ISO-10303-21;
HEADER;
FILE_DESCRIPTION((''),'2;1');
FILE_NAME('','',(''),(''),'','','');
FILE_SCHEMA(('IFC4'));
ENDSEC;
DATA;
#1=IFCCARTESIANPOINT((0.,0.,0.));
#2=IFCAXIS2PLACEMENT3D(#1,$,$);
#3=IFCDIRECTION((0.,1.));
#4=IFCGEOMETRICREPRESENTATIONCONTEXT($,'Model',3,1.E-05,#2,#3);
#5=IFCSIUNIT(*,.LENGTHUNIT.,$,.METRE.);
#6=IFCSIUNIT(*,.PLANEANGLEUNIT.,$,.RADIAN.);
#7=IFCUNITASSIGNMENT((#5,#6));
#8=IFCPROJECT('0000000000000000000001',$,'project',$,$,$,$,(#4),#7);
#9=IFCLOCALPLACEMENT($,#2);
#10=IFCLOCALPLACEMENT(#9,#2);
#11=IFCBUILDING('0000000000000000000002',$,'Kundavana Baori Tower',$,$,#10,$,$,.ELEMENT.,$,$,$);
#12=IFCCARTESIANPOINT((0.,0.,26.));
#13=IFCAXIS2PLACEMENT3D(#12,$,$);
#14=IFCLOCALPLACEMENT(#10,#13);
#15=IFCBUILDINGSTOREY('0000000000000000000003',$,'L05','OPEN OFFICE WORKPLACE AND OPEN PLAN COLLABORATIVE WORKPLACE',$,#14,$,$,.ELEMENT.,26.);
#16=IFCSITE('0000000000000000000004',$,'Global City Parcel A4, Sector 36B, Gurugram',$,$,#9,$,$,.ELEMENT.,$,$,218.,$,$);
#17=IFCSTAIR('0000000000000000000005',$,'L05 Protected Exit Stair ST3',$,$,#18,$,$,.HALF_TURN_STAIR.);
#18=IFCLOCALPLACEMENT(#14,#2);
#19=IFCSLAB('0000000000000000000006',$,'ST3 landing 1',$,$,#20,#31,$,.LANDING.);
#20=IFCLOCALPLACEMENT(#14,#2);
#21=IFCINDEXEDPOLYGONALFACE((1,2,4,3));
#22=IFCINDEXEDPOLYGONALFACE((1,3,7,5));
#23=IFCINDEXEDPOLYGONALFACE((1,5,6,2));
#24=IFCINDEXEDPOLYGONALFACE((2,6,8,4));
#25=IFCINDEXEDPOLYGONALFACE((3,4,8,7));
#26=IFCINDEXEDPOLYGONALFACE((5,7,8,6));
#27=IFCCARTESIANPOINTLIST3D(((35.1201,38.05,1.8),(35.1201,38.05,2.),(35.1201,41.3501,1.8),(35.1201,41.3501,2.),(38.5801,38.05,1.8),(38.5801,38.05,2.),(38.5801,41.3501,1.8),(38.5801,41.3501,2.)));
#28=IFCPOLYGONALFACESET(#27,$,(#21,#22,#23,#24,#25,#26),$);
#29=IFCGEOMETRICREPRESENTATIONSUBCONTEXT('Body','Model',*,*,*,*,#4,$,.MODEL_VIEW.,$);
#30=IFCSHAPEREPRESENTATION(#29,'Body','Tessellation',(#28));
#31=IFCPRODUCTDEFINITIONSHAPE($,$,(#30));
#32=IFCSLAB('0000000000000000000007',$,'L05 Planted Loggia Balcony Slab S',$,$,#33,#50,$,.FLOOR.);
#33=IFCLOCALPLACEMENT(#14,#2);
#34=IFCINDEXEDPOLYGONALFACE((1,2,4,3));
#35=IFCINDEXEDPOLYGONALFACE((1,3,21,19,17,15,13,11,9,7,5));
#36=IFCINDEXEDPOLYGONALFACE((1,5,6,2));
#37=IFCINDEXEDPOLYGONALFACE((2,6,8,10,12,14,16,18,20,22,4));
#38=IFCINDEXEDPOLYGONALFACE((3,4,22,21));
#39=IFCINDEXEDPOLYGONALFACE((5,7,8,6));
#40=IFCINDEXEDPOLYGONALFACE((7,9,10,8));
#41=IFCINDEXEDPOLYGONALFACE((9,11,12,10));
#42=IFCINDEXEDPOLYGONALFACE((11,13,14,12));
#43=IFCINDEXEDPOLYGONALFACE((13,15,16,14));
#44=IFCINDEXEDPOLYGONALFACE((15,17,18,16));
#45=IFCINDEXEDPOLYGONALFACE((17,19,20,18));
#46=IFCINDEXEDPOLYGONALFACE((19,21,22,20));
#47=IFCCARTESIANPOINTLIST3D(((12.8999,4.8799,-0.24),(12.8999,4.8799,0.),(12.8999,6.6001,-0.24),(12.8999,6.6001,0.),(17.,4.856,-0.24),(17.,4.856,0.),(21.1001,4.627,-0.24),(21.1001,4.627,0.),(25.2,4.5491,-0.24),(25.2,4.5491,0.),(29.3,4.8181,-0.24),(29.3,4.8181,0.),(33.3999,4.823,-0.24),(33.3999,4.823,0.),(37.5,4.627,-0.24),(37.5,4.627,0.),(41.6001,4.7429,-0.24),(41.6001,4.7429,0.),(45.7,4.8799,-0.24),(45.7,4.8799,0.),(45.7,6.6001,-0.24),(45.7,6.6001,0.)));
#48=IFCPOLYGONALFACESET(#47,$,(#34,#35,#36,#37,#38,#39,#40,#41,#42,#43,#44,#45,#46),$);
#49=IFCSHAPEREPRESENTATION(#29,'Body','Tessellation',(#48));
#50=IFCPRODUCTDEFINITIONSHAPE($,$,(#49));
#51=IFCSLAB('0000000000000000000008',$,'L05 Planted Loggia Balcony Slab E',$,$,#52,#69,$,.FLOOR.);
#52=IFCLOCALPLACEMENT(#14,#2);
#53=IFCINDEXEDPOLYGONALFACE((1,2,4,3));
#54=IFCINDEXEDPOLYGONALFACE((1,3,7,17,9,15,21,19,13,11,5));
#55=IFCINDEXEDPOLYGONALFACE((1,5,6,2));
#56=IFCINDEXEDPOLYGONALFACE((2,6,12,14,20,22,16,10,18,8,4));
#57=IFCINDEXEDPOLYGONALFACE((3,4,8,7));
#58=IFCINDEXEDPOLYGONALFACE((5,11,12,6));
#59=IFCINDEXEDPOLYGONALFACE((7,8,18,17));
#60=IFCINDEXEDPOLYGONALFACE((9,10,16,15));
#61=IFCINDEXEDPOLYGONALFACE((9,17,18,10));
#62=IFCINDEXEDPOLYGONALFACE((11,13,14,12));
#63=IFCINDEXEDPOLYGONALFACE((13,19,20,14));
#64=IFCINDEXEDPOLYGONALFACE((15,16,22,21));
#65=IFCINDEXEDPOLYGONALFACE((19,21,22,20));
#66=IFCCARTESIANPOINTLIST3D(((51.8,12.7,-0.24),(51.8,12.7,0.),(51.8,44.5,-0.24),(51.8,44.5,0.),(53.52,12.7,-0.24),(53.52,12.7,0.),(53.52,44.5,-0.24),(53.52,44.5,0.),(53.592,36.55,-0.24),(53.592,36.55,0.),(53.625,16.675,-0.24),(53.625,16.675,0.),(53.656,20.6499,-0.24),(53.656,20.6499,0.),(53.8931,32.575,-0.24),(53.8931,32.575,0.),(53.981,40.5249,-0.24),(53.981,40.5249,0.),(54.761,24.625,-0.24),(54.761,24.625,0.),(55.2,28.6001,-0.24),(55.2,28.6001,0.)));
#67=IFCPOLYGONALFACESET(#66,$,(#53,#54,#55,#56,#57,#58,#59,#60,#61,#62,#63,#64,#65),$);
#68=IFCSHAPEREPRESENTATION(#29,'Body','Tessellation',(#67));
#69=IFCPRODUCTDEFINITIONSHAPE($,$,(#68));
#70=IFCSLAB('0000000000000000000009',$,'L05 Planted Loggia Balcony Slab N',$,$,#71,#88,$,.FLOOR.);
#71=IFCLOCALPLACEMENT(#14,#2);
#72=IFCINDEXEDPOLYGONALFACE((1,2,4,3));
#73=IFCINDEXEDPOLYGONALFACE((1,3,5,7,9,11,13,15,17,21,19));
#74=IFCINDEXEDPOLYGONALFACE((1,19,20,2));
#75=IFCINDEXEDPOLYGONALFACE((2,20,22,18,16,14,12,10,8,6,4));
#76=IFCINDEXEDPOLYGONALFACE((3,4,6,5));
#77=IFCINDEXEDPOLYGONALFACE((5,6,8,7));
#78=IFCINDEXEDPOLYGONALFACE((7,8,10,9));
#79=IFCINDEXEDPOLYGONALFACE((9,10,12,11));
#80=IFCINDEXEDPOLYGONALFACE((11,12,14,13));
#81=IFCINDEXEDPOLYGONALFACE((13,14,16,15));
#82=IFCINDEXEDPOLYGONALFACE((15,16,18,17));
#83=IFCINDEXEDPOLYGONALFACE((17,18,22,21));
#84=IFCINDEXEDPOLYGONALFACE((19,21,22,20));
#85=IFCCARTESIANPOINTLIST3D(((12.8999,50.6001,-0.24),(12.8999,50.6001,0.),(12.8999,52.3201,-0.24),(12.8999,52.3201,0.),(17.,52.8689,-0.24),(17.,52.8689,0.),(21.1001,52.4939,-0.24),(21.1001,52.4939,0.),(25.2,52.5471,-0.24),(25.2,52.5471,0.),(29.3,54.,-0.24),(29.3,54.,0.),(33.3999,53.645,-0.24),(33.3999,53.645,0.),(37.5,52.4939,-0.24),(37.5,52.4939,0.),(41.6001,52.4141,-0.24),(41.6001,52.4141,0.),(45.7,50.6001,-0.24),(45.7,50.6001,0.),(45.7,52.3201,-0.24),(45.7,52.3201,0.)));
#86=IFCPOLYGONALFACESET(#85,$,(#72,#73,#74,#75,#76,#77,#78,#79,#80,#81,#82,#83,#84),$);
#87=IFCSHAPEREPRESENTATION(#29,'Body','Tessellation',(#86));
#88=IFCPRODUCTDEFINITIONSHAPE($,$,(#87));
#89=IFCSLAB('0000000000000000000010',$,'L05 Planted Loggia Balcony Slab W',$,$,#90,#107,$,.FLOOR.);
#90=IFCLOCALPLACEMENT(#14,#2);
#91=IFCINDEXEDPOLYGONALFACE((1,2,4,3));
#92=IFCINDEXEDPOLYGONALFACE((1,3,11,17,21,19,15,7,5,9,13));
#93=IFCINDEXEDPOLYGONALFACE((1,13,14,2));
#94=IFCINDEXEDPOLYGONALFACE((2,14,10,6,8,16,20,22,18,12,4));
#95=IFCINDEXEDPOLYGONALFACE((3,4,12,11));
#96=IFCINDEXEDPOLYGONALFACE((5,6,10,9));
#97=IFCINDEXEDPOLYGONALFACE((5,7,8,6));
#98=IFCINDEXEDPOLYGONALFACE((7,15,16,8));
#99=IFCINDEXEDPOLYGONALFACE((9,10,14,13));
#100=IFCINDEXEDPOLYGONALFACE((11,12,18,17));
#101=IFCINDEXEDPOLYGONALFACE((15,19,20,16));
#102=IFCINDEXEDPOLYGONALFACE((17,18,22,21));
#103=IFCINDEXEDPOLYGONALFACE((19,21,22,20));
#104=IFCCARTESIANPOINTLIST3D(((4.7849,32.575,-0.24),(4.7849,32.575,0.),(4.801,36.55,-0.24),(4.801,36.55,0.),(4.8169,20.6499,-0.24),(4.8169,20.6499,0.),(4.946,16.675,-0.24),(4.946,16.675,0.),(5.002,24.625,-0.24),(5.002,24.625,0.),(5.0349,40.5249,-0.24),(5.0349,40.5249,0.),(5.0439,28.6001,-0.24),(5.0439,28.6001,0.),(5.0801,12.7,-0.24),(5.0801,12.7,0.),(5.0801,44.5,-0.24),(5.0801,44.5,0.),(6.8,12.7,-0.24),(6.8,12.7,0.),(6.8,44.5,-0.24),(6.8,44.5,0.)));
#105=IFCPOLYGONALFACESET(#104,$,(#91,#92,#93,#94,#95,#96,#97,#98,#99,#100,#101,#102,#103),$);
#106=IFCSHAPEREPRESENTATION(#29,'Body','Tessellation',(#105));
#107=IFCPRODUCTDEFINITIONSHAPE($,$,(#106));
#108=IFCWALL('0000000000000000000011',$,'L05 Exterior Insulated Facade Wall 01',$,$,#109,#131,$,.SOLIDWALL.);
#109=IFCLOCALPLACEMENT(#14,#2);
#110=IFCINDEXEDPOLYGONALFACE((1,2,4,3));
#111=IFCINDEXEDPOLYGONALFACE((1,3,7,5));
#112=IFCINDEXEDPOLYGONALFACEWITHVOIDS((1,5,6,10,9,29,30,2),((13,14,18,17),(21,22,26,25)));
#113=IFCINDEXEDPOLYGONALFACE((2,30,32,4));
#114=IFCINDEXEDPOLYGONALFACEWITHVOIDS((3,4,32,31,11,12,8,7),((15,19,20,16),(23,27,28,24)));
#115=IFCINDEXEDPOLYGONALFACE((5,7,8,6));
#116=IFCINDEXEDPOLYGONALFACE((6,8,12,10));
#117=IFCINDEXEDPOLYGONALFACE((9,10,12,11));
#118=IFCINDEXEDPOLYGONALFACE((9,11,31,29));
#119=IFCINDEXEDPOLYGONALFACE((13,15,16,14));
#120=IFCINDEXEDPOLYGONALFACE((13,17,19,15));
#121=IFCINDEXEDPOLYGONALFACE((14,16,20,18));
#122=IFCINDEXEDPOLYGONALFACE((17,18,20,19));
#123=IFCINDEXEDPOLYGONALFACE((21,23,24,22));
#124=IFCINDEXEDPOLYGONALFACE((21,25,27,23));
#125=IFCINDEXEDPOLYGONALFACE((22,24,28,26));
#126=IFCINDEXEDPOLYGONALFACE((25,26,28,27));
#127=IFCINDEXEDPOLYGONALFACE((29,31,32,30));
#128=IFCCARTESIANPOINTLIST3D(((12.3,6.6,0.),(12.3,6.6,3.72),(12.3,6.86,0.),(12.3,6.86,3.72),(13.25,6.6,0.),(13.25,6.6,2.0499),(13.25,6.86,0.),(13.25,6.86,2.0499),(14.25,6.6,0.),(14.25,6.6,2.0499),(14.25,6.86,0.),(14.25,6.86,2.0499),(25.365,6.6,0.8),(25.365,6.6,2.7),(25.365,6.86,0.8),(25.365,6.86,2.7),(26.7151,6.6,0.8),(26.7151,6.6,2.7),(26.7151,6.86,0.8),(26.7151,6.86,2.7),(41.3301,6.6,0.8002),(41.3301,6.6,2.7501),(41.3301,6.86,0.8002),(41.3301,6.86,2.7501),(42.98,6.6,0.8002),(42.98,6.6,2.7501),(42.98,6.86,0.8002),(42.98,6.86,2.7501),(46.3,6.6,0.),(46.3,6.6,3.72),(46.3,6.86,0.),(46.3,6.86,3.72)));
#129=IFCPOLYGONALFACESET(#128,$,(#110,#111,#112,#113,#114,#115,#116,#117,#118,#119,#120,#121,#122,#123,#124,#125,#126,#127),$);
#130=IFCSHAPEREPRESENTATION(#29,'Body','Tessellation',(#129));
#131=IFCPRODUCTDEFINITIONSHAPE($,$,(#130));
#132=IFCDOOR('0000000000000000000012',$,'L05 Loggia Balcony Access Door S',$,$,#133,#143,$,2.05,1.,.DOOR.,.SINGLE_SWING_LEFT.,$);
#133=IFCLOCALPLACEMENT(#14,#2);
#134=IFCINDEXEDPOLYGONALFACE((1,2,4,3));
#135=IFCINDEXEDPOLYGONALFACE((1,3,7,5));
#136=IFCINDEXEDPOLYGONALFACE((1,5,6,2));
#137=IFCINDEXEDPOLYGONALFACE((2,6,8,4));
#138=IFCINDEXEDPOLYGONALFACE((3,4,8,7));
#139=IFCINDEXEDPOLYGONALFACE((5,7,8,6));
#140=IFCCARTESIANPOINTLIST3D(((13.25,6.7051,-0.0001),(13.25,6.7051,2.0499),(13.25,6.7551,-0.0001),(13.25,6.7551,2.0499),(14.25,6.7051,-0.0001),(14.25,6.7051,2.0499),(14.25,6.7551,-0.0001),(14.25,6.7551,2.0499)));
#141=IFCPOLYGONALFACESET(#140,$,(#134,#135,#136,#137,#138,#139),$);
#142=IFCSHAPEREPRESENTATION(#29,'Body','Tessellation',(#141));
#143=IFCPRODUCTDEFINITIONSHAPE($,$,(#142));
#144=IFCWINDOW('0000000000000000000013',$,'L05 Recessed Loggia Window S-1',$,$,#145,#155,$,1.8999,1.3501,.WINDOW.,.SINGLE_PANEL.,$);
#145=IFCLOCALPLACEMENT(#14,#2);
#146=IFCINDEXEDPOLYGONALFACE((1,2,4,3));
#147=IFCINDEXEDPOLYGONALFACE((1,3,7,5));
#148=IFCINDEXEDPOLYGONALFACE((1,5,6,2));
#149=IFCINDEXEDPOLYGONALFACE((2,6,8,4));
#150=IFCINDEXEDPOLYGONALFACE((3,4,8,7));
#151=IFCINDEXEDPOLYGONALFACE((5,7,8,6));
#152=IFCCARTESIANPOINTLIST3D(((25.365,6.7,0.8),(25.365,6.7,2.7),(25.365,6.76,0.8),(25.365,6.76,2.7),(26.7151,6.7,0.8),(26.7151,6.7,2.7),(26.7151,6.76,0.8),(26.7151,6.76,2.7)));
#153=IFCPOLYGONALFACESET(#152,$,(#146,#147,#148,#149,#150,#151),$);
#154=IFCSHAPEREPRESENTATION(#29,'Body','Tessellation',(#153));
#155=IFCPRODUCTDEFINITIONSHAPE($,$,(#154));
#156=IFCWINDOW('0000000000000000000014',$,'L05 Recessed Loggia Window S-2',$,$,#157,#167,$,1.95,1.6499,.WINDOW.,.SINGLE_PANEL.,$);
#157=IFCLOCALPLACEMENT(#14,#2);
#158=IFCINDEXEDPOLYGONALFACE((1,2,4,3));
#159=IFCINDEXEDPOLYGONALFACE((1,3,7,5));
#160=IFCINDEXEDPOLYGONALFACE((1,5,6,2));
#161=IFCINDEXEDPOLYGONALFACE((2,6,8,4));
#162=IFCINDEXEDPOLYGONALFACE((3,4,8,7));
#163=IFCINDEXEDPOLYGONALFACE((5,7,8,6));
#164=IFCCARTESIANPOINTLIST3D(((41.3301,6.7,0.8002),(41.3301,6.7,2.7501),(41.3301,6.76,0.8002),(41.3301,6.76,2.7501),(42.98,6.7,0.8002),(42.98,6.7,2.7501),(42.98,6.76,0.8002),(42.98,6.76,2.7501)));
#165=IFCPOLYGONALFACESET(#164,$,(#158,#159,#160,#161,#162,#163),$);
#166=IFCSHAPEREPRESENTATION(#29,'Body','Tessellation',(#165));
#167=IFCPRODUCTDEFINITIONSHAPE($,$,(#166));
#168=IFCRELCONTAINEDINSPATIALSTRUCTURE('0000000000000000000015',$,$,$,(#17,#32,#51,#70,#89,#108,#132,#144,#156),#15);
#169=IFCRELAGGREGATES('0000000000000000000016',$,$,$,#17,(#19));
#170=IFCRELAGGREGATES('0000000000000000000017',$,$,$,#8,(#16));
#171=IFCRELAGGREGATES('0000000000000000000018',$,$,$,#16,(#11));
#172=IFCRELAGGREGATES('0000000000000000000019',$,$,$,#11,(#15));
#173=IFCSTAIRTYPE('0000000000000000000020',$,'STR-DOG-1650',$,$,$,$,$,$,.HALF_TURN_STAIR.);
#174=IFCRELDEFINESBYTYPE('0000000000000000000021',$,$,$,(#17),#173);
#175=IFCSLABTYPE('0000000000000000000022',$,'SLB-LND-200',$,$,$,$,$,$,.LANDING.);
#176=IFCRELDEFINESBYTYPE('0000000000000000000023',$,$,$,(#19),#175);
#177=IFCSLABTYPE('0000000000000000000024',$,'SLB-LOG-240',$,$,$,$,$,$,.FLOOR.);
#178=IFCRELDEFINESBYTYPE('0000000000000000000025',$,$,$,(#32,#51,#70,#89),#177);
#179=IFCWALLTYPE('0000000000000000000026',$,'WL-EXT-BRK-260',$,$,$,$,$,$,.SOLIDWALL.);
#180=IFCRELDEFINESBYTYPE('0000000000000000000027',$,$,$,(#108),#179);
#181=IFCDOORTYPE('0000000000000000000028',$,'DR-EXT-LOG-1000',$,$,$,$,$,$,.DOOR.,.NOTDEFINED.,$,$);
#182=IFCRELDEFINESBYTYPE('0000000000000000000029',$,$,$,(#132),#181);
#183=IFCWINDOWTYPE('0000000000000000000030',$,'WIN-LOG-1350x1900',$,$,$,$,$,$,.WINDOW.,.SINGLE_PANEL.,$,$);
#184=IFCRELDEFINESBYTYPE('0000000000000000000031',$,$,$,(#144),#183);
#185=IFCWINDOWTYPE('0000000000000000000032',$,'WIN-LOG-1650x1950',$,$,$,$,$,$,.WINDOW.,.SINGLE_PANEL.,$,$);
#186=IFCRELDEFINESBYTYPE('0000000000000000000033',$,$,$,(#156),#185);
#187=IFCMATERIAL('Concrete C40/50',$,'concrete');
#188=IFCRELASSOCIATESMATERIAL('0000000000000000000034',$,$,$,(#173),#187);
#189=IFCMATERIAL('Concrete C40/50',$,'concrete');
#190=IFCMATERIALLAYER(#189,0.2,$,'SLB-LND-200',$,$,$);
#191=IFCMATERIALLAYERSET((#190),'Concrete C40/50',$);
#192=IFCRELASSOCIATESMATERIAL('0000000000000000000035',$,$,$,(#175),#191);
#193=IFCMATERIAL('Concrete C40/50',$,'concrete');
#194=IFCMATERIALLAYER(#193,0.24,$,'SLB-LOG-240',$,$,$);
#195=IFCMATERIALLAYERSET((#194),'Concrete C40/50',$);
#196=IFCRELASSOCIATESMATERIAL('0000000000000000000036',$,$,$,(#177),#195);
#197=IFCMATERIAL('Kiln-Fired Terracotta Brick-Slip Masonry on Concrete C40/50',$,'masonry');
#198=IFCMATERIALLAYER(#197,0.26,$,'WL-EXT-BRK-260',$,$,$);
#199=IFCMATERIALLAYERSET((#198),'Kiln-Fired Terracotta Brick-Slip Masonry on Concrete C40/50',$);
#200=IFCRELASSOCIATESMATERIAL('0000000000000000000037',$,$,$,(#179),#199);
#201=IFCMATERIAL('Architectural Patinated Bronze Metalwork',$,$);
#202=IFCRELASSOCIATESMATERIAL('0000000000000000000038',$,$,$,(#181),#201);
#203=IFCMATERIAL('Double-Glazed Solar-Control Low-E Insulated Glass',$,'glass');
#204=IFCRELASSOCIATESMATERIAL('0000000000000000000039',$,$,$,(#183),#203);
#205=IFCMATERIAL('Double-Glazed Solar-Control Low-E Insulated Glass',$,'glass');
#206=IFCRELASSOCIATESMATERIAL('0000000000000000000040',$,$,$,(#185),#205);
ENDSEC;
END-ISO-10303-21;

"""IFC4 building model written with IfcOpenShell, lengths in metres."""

from ifc_helpers import new_model, si_unit, direction, frame, frame_2d, origin, place, context, subcontext, project, spatial, polyline, rectangle, outline, extrude, material, layer, layer_set, type_object, element, fill, aggregate, save


model = new_model("IFC4")

# Units and contexts
model_context = context("Model", 3, precision=1e-05, world=origin(), true_north=direction((0.0, 1.0)))
body_context = subcontext(model_context, "Body", "Model", "MODEL_VIEW")
ifc_project = project(units=[si_unit("LENGTHUNIT", "METRE"), si_unit("PLANEANGLEUNIT", "RADIAN")], contexts=[model_context])

# Site, building, storey
site_placement = place(None, origin())
site = spatial("IfcSite", under=ifc_project, at=site_placement, Name="Global City Parcel A4, Sector 36B, Gurugram", CompositionType="ELEMENT", RefElevation=218.0)
building_placement = place(site_placement, origin())
building = spatial("IfcBuilding", under=site, at=building_placement, Name="Kundavana Baori Tower", CompositionType="ELEMENT")
storey_placement = place(building_placement, frame((0.0, 0.0, 26.0)))
storey = spatial("IfcBuildingStorey", under=building, at=storey_placement, Name="L05", Description="OPEN OFFICE WORKPLACE AND OPEN PLAN COLLABORATIVE WORKPLACE", CompositionType="ELEMENT", Elevation=26.0)

# Stair, slab
ifc_material_1 = material(Name="Concrete C40/50", Category="concrete")
stair_type = type_object("IfcStairType", Name="STR-DOG-1650", PredefinedType="HALF_TURN_STAIR", material=ifc_material_1)
ifc_material_2 = material(Name="Concrete C40/50", Category="concrete")
ifc_layer_1 = layer(ifc_material_2, 0.2, Name="SLB-LND-200")
ifc_layer_set_1 = layer_set([ifc_layer_1], Name="Concrete C40/50")
slab_type_1 = type_object("IfcSlabType", Name="SLB-LND-200", PredefinedType="LANDING", material=ifc_layer_set_1)
stair_1_placement = place(storey_placement, origin())
stair_1 = element("IfcStair", 1, at=stair_1_placement, inside=storey, type_object=stair_type, Name="L05 Protected Exit Stair ST3", PredefinedType="HALF_TURN_STAIR")
slab_1_placement = place(storey_placement, frame((0.0, 0.0, 1.8)))
slab_1 = element("IfcSlab", 2, at=slab_1_placement, type_object=slab_type_1, Name="ST3 landing 1", PredefinedType="LANDING", context=body_context, shape_type="SweptSolid", body=[
    extrude(outline(polyline([(38.5801, 38.05), (38.5801, 41.3501), (35.1201, 41.3501), (35.1201, 38.05), (38.5801, 38.05)])), origin(), (0.0, 0.0, 1.0), 0.2),
])
aggregate(stair_1, [slab_1])

# Slabs
ifc_material_3 = material(Name="Concrete C40/50", Category="concrete")
ifc_layer_2 = layer(ifc_material_3, 0.24, Name="SLB-LOG-240")
ifc_layer_set_2 = layer_set([ifc_layer_2], Name="Concrete C40/50")
slab_type_2 = type_object("IfcSlabType", Name="SLB-LOG-240", PredefinedType="FLOOR", material=ifc_layer_set_2)
slab_2_placement = place(storey_placement, frame((0.0, 0.0, -0.24)))
element("IfcSlab", 3, at=slab_2_placement, inside=storey, type_object=slab_type_2, Name="L05 Planted Loggia Balcony Slab S", PredefinedType="FLOOR", context=body_context, shape_type="SweptSolid", body=[
    extrude(outline(polyline([(12.8999, 6.6001), (45.7, 6.6001), (45.7, 4.8799), (41.6001, 4.7429), (37.5, 4.627), (33.3999, 4.823), (29.3, 4.8181), (25.2, 4.5491), (21.1001, 4.627), (17.0, 4.856), (12.8999, 4.8799), (12.8999, 6.6001)])), origin(), (0.0, 0.0, 1.0), 0.24),
])
slab_3_placement = place(storey_placement, frame((0.0, 0.0, -0.24)))
element("IfcSlab", 4, at=slab_3_placement, inside=storey, type_object=slab_type_2, Name="L05 Planted Loggia Balcony Slab E", PredefinedType="FLOOR", context=body_context, shape_type="SweptSolid", body=[
    extrude(outline(polyline([(51.8, 12.7), (51.8, 44.5), (53.52, 44.5), (53.981, 40.5249), (53.592, 36.55), (53.8931, 32.575), (55.2, 28.6001), (54.761, 24.625), (53.656, 20.6499), (53.625, 16.675), (53.52, 12.7), (51.8, 12.7)])), origin(), (0.0, 0.0, 1.0), 0.24),
])
slab_4_placement = place(storey_placement, frame((0.0, 0.0, -0.24)))
element("IfcSlab", 5, at=slab_4_placement, inside=storey, type_object=slab_type_2, Name="L05 Planted Loggia Balcony Slab N", PredefinedType="FLOOR", context=body_context, shape_type="SweptSolid", body=[
    extrude(outline(polyline([(45.7, 50.6001), (12.8999, 50.6001), (12.8999, 52.3201), (17.0, 52.8689), (21.1001, 52.4939), (25.2, 52.5471), (29.3, 54.0), (33.3999, 53.645), (37.5, 52.4939), (41.6001, 52.4141), (45.7, 52.3201), (45.7, 50.6001)])), origin(), (0.0, 0.0, 1.0), 0.24),
])
slab_5_placement = place(storey_placement, frame((0.0, 0.0, -0.24)))
element("IfcSlab", 6, at=slab_5_placement, inside=storey, type_object=slab_type_2, Name="L05 Planted Loggia Balcony Slab W", PredefinedType="FLOOR", context=body_context, shape_type="SweptSolid", body=[
    extrude(outline(polyline([(6.8, 44.5), (6.8, 12.7), (5.0801, 12.7), (4.946, 16.675), (4.8169, 20.6499), (5.002, 24.625), (5.0439, 28.6001), (4.7849, 32.575), (4.801, 36.55), (5.0349, 40.5249), (5.0801, 44.5), (6.8, 44.5)])), origin(), (0.0, 0.0, 1.0), 0.24),
])

# Wall, openings, door, windows
ifc_material_4 = material(Name="Kiln-Fired Terracotta Brick-Slip Masonry on Concrete C40/50", Category="masonry")
ifc_layer_3 = layer(ifc_material_4, 0.26, Name="WL-EXT-BRK-260")
ifc_layer_set_3 = layer_set([ifc_layer_3], Name="Kiln-Fired Terracotta Brick-Slip Masonry on Concrete C40/50")
wall_type = type_object("IfcWallType", Name="WL-EXT-BRK-260", PredefinedType="SOLIDWALL", material=ifc_layer_set_3)
wall_1_placement = place(storey_placement, frame((12.3, 6.73, 0.0), z_axis=(0.0, 0.0, 1.0), x_axis=(1.0, 0.0, 0.0)))
wall_1 = element("IfcWall", 7, at=wall_1_placement, inside=storey, type_object=wall_type, Name="L05 Exterior Insulated Facade Wall 01", PredefinedType="SOLIDWALL", context=body_context, shape_type="SweptSolid", body=[
    extrude(rectangle(XDim=34.0, YDim=0.26, at=frame_2d((17.0, 0.0))), origin(), (0.0, 0.0, 1.0), 3.72),
])
opening_1_placement = place(wall_1_placement, frame((0.95, 0.0, 0.0)))
opening_1 = element("IfcOpeningElement", 8, at=opening_1_placement, cuts=wall_1, PredefinedType="OPENING", context=body_context, shape_type="SweptSolid", body=[
    extrude(rectangle(XDim=1.0, YDim=2.05, at=frame_2d((0.5, 1.0249))), frame((0.0, 0.1401, 0.0), z_axis=(0.0, -1.0, 0.0), x_axis=(1.0, 0.0, 0.0)), (0.0, 0.0, 1.0), 0.28),
])
opening_2_placement = place(wall_1_placement, frame((13.0649, 0.0, 0.8)))
opening_2 = element("IfcOpeningElement", 9, at=opening_2_placement, cuts=wall_1, PredefinedType="OPENING", context=body_context, shape_type="SweptSolid", body=[
    extrude(rectangle(XDim=1.3501, YDim=1.8999, at=frame_2d((0.675, 0.95))), frame((0.0, 0.1401, 0.0), z_axis=(0.0, -1.0, 0.0), x_axis=(1.0, 0.0, 0.0)), (0.0, 0.0, 1.0), 0.28),
])
opening_3_placement = place(wall_1_placement, frame((29.03, 0.0, 0.8)))
opening_3 = element("IfcOpeningElement", 10, at=opening_3_placement, cuts=wall_1, PredefinedType="OPENING", context=body_context, shape_type="SweptSolid", body=[
    extrude(rectangle(XDim=1.6499, YDim=1.95, at=frame_2d((0.825, 0.9751))), frame((0.0, 0.1401, 0.0), z_axis=(0.0, -1.0, 0.0), x_axis=(1.0, 0.0, 0.0)), (0.0, 0.0, 1.0), 0.28),
])
ifc_material_5 = material(Name="Architectural Patinated Bronze Metalwork")
door_type = type_object("IfcDoorType", Name="DR-EXT-LOG-1000", OperationType="NOTDEFINED", PredefinedType="DOOR", material=ifc_material_5)
door_placement = place(opening_1_placement, frame((1.0, 0.0, 0.0), z_axis=(0.0, 0.0, 1.0), x_axis=(-1.0, 0.0, 0.0)))
door = element("IfcDoor", 11, at=door_placement, inside=storey, type_object=door_type, Name="L05 Loggia Balcony Access Door S", OperationType="SINGLE_SWING_LEFT", OverallHeight=2.05, OverallWidth=1.0, PredefinedType="DOOR", context=body_context, shape_type="SweptSolid", body=[
    extrude(rectangle(XDim=1.0, YDim=2.05, at=frame_2d((0.5, 1.0249))), frame((0.0, 0.0249, 0.0), z_axis=(0.0, -1.0, 0.0), x_axis=(1.0, 0.0, 0.0)), (0.0, 0.0, 1.0), 0.05),
])
fill(opening_1, door)
ifc_material_6 = material(Name="Double-Glazed Solar-Control Low-E Insulated Glass", Category="glass")
window_type_1 = type_object("IfcWindowType", Name="WIN-LOG-1350x1900", PartitioningType="SINGLE_PANEL", PredefinedType="WINDOW", material=ifc_material_6)
window_1_placement = place(opening_2_placement, origin())
window_1 = element("IfcWindow", 12, at=window_1_placement, inside=storey, type_object=window_type_1, Name="L05 Recessed Loggia Window S-1", OverallHeight=1.8999, OverallWidth=1.3501, PartitioningType="SINGLE_PANEL", PredefinedType="WINDOW", context=body_context, shape_type="SweptSolid", body=[
    extrude(rectangle(XDim=1.3501, YDim=1.8999, at=frame_2d((0.675, 0.95))), frame((0.0, 0.03, 0.0), z_axis=(0.0, -1.0, 0.0), x_axis=(1.0, 0.0, 0.0)), (0.0, 0.0, 1.0), 0.0601),
])
fill(opening_2, window_1)
ifc_material_7 = material(Name="Double-Glazed Solar-Control Low-E Insulated Glass", Category="glass")
window_type_2 = type_object("IfcWindowType", Name="WIN-LOG-1650x1950", PartitioningType="SINGLE_PANEL", PredefinedType="WINDOW", material=ifc_material_7)
window_2_placement = place(opening_3_placement, origin())
window_2 = element("IfcWindow", 13, at=window_2_placement, inside=storey, type_object=window_type_2, Name="L05 Recessed Loggia Window S-2", OverallHeight=1.95, OverallWidth=1.6499, PartitioningType="SINGLE_PANEL", PredefinedType="WINDOW", context=body_context, shape_type="SweptSolid", body=[
    extrude(rectangle(XDim=1.6499, YDim=1.95, at=frame_2d((0.825, 0.9751))), frame((0.0, 0.03, 0.0), z_axis=(0.0, -1.0, 0.0), x_axis=(1.0, 0.0, 0.0)), (0.0, 0.0, 1.0), 0.0601),
])
fill(opening_3, window_2)

save(model, "model.ifc")
